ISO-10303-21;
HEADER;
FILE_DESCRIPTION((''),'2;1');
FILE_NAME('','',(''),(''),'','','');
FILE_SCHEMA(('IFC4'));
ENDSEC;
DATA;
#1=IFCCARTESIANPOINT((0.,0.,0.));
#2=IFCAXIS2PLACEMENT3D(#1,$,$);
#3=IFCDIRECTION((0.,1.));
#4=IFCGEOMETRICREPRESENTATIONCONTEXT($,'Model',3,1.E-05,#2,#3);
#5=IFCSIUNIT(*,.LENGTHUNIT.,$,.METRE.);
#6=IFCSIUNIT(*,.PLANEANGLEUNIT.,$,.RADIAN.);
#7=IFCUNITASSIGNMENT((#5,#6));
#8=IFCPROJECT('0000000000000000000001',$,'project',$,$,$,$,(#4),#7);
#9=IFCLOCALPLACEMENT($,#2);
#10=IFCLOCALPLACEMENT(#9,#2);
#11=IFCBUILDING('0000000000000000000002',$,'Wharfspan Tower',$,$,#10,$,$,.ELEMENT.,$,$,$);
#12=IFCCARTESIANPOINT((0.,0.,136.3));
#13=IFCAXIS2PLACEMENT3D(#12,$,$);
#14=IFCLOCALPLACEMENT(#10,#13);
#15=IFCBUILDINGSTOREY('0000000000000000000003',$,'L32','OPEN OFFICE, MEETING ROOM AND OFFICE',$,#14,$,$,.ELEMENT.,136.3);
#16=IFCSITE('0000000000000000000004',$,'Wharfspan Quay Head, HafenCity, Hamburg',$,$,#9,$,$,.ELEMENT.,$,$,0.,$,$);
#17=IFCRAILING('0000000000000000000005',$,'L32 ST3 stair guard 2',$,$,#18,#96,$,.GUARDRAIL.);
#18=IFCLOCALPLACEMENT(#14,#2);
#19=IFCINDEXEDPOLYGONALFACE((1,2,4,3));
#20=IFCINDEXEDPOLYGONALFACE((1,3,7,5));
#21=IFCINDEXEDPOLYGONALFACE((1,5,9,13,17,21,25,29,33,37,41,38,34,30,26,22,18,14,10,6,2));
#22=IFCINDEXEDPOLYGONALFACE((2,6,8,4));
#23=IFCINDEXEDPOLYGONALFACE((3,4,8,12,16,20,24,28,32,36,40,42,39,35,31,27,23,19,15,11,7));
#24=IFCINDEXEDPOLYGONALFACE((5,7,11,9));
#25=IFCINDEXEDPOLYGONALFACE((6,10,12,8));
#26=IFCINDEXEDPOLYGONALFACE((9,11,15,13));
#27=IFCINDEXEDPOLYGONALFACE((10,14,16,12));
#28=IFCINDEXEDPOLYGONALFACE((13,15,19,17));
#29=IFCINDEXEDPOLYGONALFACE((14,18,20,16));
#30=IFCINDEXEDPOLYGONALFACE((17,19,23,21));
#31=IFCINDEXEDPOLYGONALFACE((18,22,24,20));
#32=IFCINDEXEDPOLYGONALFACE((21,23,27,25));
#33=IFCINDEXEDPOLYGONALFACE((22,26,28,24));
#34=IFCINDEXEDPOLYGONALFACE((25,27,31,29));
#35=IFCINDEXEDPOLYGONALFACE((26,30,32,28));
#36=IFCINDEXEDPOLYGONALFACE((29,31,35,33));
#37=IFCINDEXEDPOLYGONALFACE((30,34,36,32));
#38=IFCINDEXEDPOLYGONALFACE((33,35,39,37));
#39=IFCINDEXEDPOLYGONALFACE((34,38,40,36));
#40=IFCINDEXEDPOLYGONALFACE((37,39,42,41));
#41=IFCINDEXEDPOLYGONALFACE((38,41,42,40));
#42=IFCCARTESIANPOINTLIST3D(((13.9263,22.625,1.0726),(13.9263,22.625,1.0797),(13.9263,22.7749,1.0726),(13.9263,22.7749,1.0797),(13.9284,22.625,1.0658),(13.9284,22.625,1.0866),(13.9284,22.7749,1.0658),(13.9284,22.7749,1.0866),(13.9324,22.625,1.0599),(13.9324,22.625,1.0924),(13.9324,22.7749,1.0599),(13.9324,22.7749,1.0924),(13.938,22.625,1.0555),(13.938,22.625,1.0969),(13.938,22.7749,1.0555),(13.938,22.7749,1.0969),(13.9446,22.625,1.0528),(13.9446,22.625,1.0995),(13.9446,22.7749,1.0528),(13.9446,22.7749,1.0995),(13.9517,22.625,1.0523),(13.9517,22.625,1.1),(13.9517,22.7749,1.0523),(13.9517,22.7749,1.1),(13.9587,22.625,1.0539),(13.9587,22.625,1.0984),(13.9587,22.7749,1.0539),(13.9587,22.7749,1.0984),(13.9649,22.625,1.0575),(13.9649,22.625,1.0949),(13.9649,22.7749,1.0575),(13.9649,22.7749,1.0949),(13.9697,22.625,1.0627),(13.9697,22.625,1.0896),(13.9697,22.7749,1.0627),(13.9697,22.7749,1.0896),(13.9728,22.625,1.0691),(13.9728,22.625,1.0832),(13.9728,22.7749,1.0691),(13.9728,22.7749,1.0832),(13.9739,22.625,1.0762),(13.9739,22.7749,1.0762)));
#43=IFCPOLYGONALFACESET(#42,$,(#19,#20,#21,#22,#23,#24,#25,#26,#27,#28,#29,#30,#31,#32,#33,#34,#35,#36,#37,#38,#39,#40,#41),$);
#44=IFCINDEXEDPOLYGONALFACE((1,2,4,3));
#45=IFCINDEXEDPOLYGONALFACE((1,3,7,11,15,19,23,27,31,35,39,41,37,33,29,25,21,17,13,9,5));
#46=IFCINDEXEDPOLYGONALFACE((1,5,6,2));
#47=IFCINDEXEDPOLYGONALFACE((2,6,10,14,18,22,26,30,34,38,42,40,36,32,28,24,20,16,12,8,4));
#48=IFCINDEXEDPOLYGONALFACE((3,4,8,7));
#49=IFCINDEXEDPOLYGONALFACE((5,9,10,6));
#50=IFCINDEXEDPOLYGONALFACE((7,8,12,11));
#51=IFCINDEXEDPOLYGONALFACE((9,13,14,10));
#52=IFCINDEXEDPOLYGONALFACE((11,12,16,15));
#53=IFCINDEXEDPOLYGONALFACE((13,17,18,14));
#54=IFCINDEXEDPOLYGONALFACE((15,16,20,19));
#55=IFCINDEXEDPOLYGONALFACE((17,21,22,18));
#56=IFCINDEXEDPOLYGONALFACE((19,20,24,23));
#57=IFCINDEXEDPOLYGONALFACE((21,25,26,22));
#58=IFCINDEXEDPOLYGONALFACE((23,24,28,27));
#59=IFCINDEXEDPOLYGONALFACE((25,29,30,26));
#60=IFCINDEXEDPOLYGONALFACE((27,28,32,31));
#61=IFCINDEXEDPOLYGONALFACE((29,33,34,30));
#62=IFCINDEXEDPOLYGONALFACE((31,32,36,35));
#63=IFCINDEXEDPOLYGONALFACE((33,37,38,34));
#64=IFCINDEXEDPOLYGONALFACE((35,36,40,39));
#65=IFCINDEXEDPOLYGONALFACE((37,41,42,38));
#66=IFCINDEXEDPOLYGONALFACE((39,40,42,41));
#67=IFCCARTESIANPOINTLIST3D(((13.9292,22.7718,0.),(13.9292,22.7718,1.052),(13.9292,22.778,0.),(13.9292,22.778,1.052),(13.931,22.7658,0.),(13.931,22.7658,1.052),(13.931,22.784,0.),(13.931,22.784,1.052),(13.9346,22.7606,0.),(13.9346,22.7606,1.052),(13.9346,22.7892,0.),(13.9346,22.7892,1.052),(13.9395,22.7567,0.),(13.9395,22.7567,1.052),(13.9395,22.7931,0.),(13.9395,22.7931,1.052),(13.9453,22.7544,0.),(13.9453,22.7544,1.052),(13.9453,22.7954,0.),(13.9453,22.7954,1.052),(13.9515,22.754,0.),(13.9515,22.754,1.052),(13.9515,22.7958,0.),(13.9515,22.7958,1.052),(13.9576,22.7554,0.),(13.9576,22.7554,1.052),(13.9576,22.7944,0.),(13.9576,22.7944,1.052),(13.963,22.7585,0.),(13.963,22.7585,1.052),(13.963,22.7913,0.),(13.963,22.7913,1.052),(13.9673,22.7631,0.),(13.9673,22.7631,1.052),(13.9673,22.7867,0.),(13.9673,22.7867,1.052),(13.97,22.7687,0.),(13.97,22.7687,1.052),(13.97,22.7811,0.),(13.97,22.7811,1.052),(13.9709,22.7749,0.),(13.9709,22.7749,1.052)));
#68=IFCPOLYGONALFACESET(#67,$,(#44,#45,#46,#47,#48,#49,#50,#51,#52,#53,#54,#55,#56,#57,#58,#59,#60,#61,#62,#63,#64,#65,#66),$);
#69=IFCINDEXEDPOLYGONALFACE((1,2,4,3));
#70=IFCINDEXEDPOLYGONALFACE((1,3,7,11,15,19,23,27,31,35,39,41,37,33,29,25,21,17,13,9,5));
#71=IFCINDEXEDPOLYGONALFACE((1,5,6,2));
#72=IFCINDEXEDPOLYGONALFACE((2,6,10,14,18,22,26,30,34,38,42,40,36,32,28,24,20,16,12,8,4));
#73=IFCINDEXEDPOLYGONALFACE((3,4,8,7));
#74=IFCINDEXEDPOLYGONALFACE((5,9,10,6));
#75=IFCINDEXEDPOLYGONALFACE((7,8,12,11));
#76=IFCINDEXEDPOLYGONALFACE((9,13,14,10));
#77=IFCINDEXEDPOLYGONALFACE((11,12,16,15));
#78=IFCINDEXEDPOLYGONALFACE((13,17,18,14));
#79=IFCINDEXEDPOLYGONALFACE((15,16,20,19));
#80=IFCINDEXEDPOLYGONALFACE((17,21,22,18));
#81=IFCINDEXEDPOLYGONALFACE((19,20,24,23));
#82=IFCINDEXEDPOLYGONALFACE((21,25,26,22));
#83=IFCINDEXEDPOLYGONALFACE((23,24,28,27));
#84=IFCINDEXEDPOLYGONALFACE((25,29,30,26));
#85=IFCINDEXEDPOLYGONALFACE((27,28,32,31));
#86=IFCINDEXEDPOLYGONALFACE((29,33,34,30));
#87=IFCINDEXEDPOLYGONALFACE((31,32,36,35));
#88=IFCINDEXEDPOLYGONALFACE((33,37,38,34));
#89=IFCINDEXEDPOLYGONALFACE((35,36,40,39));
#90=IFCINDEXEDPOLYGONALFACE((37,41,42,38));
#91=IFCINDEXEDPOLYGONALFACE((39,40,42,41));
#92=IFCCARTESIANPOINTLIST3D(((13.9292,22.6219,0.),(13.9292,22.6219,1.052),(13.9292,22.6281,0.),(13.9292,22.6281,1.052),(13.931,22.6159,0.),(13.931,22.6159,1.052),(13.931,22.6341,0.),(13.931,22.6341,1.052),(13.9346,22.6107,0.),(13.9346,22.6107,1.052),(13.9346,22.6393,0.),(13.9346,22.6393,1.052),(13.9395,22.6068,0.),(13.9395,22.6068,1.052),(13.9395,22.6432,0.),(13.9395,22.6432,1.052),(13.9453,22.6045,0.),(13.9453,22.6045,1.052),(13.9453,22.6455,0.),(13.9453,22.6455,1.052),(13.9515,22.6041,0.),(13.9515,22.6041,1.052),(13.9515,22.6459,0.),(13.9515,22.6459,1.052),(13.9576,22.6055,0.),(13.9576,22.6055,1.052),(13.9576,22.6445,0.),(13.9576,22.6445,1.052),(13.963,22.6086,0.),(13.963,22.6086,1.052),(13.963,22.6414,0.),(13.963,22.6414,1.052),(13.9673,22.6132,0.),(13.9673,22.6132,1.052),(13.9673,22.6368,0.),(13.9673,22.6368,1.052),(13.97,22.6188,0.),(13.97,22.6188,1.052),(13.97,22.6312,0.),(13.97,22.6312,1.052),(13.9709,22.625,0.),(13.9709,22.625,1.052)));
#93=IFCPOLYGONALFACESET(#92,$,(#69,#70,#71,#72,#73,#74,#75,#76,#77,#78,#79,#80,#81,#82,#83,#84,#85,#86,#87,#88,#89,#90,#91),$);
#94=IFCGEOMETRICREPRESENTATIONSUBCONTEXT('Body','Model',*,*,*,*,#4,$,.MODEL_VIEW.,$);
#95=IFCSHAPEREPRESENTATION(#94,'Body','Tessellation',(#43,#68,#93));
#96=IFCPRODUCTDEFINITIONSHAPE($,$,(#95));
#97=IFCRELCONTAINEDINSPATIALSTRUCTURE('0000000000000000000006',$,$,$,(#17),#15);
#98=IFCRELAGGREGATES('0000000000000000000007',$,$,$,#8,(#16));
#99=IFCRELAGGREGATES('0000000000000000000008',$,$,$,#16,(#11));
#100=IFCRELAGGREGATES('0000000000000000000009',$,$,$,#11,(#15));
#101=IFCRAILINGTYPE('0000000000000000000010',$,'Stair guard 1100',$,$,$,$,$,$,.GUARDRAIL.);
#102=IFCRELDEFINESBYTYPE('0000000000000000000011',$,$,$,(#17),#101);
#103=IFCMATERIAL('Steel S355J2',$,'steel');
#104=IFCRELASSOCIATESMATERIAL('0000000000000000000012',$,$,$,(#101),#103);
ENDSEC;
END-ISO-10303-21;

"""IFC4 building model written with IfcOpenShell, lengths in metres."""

from ifc_helpers import new_model, si_unit, direction, frame, origin, origin_2d, place, context, subcontext, project, spatial, circle, extrude, material, type_object, element, save


model = new_model("IFC4")

# Units and contexts
model_context = context("Model", 3, precision=1e-05, world=origin(), true_north=direction((0.0, 1.0)))
body_context = subcontext(model_context, "Body", "Model", "MODEL_VIEW")
ifc_project = project(units=[si_unit("LENGTHUNIT", "METRE"), si_unit("PLANEANGLEUNIT", "RADIAN")], contexts=[model_context])

# Site, building, storey
site_placement = place(None, origin())
site = spatial("IfcSite", under=ifc_project, at=site_placement, Name="Wharfspan Quay Head, HafenCity, Hamburg", CompositionType="ELEMENT", RefElevation=0.0)
building_placement = place(site_placement, origin())
building = spatial("IfcBuilding", under=site, at=building_placement, Name="Wharfspan Tower", CompositionType="ELEMENT")
storey_placement = place(building_placement, frame((0.0, 0.0, 136.3)))
storey = spatial("IfcBuildingStorey", under=building, at=storey_placement, Name="L32", Description="OPEN OFFICE, MEETING ROOM AND OFFICE", CompositionType="ELEMENT", Elevation=136.3)

# Shared definitions
ifc_material_1 = material(Name="Steel S355J2", Category="steel")

# Railing
railing_type_1 = type_object("IfcRailingType", Name="Stair guard 1100", PredefinedType="GUARDRAIL", material=ifc_material_1)
railing_1_placement = place(storey_placement, frame((13.95, 22.7749, 0.0)))
element("IfcRailing", 1, at=railing_1_placement, inside=storey, type_object=railing_type_1, Name="L32 ST3 stair guard 2", PredefinedType="GUARDRAIL", context=body_context, shape_type="SweptSolid", body=[
    extrude(circle(Radius=0.0239, at=origin_2d()), frame((0.0, 0.0, 1.0762), z_axis=(0.0, -1.0, 0.0), x_axis=(1.0, 0.0, 0.0)), (0.0, 0.0, 1.0), 0.1499),
    extrude(circle(Radius=0.021, at=origin_2d()), origin(), (0.0, 0.0, 1.0), 1.052),
    extrude(circle(Radius=0.021, at=origin_2d()), frame((0.0, -0.1499, 0.0)), (0.0, 0.0, 1.0), 1.052),
])

save(model, "model.ifc")
